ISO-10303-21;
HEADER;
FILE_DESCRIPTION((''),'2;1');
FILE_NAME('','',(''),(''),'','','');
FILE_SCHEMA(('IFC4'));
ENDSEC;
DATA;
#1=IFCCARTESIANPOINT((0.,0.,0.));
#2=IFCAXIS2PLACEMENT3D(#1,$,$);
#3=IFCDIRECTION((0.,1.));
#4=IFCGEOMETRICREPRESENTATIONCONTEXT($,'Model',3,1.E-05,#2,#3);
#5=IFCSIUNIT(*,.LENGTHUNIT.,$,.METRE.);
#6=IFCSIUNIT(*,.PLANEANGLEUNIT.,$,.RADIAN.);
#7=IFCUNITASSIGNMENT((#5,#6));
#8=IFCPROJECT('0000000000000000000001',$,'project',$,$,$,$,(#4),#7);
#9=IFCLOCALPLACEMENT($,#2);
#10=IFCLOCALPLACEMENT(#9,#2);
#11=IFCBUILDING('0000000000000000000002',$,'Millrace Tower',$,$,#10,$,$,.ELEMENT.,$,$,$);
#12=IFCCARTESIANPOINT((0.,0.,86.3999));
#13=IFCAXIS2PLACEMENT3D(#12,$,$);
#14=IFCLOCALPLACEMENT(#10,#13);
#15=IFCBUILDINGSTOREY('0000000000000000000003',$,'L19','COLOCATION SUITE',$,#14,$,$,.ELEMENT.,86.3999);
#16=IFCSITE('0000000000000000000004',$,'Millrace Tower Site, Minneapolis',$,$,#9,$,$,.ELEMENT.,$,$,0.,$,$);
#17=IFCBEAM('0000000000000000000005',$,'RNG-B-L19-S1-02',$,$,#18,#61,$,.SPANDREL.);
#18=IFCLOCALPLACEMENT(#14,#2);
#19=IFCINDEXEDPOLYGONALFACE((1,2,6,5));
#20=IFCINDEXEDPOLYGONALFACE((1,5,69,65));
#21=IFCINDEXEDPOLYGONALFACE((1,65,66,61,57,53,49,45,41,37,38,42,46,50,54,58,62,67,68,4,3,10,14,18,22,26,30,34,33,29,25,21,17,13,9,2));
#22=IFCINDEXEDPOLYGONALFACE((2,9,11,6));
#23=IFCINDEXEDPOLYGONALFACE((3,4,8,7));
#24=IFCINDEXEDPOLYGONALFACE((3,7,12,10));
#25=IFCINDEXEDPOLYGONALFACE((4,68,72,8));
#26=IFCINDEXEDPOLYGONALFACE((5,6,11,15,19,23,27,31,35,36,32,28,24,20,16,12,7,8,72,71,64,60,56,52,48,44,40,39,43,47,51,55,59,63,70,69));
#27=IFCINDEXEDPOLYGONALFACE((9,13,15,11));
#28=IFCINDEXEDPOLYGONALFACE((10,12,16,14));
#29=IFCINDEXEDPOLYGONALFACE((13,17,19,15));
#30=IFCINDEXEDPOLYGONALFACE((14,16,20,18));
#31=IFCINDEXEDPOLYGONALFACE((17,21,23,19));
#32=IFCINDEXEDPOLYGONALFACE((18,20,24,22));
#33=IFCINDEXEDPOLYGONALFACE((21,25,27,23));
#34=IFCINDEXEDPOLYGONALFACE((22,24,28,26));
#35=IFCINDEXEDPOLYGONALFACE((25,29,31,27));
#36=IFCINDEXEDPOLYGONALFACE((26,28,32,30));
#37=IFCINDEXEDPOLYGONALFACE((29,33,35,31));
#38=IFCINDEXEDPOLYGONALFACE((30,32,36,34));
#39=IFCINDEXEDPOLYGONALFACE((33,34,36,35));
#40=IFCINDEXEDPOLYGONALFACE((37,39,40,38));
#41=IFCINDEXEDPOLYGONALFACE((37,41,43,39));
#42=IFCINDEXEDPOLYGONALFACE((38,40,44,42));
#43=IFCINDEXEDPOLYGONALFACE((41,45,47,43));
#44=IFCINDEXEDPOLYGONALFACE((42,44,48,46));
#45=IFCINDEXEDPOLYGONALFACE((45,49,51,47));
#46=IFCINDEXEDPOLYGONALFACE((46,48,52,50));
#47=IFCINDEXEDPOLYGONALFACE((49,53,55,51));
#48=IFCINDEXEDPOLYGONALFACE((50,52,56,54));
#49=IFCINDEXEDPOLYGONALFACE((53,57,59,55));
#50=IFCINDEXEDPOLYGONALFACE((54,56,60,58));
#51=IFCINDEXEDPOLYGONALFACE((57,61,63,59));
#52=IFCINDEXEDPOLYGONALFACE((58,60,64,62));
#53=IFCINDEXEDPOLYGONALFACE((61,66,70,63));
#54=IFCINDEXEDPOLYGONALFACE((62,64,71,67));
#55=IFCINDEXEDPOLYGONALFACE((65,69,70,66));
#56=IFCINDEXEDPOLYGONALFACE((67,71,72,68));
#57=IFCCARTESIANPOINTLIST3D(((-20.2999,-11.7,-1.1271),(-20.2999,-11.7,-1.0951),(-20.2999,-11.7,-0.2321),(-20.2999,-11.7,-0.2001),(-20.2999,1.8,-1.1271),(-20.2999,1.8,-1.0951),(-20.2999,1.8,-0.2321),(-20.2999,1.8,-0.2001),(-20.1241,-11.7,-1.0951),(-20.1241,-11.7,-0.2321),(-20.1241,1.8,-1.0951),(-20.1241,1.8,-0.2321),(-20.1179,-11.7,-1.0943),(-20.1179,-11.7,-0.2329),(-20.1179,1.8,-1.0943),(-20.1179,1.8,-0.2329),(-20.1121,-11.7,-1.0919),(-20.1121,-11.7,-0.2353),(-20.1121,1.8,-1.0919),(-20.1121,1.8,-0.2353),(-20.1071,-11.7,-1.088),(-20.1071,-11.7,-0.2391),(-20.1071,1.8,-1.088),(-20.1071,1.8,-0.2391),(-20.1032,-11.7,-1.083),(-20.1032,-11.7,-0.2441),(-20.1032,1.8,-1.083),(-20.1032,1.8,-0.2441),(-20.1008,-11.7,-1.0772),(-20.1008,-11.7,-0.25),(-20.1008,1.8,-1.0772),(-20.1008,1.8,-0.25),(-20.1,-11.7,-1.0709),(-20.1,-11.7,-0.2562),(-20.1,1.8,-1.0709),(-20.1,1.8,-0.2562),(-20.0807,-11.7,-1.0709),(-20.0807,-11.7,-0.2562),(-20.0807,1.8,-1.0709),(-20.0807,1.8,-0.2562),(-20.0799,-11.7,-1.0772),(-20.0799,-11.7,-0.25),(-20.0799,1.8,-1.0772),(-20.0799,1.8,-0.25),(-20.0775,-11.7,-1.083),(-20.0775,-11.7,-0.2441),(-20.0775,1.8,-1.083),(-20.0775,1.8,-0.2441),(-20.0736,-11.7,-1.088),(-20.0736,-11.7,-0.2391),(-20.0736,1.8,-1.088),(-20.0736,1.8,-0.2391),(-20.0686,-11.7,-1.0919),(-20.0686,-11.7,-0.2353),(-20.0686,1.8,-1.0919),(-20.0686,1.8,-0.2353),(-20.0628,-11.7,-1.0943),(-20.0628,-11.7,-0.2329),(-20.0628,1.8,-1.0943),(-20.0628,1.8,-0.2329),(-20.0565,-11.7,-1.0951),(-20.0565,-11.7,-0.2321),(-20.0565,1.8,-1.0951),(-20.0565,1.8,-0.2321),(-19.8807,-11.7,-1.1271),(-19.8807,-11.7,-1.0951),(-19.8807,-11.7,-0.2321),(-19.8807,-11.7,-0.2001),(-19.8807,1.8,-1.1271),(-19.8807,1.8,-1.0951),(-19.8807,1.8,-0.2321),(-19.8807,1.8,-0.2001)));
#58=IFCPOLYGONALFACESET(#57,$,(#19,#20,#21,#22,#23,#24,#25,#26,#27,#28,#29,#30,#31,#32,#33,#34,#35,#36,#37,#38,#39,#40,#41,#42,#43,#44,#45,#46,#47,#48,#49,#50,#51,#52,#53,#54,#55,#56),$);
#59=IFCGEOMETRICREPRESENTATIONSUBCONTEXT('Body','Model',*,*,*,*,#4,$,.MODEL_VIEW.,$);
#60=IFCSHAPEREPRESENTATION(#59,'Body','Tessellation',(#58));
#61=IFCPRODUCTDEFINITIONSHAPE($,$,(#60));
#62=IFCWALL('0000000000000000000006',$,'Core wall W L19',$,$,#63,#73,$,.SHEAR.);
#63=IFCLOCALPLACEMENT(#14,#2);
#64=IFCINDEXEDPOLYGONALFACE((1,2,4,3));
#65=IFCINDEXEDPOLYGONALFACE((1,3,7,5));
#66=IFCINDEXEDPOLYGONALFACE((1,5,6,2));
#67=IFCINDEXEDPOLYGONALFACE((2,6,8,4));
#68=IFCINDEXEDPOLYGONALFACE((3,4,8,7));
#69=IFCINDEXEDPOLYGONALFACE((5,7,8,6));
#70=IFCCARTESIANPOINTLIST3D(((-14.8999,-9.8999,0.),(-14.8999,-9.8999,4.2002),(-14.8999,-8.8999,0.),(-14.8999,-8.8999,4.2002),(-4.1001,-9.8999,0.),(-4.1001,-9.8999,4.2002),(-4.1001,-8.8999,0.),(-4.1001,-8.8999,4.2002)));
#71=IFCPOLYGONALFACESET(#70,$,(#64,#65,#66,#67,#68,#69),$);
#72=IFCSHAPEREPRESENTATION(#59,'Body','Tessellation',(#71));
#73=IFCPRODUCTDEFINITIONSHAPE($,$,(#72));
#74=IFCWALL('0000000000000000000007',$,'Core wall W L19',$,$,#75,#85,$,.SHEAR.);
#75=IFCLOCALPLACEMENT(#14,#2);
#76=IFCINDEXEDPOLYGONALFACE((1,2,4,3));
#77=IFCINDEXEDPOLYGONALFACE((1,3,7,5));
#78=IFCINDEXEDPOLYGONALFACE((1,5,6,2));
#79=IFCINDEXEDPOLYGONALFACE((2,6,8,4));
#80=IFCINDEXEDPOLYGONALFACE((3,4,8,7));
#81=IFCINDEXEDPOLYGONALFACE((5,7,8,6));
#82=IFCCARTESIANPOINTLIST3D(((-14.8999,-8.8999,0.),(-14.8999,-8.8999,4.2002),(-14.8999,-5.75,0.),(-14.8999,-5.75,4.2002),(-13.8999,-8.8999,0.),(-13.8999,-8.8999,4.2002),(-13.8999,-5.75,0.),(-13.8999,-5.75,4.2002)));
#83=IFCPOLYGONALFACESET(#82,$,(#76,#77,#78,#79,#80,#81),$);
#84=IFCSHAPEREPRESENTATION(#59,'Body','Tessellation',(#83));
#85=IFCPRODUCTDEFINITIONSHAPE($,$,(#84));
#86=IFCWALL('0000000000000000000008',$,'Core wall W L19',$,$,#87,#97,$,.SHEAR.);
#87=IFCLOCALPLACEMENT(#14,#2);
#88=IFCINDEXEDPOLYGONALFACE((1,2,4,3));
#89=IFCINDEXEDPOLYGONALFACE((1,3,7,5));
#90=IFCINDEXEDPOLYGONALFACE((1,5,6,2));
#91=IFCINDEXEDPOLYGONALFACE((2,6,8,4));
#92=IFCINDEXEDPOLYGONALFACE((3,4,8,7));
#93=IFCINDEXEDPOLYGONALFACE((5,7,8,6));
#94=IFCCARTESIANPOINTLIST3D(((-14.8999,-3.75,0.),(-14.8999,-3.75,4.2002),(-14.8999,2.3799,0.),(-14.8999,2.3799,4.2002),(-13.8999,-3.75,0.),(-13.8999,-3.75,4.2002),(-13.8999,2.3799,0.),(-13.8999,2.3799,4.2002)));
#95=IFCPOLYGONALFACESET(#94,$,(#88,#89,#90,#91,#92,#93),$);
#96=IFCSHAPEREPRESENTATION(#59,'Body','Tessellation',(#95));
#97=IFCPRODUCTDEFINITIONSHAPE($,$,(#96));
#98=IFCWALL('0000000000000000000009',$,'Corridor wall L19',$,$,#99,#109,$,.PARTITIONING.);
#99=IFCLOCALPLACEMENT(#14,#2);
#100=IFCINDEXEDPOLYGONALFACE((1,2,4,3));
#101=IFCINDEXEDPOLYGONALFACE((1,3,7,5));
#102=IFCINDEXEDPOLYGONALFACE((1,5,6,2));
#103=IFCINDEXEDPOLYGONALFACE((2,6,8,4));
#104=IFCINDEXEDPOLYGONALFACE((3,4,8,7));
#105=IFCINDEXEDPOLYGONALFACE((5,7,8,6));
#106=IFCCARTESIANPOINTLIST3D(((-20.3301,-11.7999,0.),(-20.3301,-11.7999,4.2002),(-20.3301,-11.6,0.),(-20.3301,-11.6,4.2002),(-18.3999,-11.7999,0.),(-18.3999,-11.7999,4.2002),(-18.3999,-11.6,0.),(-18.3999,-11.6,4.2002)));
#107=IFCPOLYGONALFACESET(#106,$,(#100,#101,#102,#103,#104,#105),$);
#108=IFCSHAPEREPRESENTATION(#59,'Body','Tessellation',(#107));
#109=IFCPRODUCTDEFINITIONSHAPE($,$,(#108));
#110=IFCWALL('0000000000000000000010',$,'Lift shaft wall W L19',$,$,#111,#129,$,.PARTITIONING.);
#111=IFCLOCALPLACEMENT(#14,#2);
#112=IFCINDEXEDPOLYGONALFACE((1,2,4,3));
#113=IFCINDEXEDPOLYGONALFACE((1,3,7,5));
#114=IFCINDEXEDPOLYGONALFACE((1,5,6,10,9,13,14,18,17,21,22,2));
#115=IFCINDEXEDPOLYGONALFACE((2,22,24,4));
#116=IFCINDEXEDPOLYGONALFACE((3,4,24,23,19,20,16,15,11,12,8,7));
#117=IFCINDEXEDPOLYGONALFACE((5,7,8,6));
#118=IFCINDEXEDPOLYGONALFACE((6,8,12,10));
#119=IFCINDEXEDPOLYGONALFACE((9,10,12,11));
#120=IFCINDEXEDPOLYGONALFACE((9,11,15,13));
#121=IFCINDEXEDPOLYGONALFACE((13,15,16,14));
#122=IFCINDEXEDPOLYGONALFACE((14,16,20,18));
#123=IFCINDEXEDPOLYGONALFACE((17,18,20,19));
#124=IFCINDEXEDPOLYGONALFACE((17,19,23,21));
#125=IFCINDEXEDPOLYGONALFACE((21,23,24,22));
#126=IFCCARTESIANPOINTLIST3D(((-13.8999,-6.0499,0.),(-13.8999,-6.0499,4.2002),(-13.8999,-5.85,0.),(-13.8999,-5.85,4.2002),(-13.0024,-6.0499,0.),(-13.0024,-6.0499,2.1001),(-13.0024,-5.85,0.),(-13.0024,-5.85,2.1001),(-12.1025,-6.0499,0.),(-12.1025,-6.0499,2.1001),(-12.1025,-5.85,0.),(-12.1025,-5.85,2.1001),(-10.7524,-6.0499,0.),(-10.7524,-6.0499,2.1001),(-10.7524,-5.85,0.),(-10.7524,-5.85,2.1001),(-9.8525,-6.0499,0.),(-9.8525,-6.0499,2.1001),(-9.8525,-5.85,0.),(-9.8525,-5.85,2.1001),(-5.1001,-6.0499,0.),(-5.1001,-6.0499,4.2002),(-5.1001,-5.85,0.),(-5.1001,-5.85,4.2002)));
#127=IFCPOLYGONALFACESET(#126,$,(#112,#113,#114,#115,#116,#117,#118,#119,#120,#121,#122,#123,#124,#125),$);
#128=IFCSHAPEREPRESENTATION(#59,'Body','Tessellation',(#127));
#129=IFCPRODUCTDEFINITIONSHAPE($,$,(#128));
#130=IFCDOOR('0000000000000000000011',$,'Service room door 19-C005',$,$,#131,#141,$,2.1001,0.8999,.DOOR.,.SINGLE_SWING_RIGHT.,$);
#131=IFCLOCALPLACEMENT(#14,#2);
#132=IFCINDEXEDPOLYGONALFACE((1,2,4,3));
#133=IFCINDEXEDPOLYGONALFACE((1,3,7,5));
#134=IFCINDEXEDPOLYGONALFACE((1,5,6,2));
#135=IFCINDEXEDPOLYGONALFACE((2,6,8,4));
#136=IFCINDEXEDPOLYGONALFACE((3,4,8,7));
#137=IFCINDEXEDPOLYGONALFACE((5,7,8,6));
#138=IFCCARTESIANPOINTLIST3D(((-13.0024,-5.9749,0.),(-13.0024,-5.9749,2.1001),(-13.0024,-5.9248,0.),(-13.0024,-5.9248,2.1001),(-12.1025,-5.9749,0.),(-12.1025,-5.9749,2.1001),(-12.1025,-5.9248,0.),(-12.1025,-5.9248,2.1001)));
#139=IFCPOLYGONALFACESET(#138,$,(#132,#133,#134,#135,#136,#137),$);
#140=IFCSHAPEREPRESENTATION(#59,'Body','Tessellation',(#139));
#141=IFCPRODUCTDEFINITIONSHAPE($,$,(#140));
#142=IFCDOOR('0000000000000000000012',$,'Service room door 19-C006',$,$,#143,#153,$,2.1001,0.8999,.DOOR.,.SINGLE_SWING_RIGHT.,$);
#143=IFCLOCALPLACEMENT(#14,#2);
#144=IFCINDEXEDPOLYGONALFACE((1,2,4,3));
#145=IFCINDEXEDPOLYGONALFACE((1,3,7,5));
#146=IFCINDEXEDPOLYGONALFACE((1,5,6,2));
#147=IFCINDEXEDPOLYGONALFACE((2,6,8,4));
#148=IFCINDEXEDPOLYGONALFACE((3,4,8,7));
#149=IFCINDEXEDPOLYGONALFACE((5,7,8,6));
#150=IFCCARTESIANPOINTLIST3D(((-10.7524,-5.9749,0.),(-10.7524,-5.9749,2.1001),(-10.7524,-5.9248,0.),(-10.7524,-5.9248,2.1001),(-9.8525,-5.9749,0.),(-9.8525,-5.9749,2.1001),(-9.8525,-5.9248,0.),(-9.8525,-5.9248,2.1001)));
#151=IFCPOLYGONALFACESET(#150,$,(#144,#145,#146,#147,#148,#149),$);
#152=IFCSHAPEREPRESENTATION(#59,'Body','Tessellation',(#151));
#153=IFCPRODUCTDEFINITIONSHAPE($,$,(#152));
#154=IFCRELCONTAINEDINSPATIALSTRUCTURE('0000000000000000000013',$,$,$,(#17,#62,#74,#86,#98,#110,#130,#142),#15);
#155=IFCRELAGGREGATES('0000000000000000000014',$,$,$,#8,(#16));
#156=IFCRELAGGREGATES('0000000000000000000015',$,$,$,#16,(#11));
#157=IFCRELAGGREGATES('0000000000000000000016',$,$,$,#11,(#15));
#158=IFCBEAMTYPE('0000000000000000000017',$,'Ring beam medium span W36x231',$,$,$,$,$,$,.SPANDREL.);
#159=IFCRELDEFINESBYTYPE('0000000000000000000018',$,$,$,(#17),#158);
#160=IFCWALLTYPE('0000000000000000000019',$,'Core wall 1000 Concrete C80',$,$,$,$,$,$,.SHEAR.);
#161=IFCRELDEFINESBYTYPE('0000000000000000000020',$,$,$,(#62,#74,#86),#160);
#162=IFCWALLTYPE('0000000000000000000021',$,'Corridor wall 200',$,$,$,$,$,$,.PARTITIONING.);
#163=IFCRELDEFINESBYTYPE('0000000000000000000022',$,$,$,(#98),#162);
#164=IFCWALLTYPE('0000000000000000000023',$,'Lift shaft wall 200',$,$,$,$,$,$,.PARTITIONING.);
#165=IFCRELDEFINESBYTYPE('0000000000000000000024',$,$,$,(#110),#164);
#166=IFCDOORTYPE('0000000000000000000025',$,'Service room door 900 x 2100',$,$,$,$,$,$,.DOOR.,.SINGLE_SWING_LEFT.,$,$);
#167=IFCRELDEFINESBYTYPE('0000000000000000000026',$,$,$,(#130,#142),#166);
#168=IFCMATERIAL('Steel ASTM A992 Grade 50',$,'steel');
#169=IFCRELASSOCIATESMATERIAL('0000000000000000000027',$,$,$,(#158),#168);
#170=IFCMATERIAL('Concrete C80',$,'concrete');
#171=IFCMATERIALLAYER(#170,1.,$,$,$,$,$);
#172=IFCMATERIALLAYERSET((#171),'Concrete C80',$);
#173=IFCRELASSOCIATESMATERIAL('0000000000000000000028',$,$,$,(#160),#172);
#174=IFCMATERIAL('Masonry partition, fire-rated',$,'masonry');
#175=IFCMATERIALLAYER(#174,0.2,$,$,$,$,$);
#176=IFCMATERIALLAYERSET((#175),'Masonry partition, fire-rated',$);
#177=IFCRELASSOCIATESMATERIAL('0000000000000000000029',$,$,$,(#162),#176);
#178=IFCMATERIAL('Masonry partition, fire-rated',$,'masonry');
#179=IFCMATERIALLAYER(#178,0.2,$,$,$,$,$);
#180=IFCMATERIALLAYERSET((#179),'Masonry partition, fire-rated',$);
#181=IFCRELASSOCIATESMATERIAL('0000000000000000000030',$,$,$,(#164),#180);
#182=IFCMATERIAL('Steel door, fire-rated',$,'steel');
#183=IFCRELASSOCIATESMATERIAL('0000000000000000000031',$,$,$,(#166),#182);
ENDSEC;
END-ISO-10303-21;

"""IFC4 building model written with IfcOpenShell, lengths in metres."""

from ifc_helpers import new_model, si_unit, direction, frame, frame_2d, origin, origin_2d, place, context, subcontext, project, spatial, rectangle, i_section, extrude, material, layer, layer_set, material_profile, profile_set, type_object, element, fill, save


model = new_model("IFC4")

# Units and contexts
model_context = context("Model", 3, precision=1e-05, world=origin(), true_north=direction((0.0, 1.0)))
body_context = subcontext(model_context, "Body", "Model", "MODEL_VIEW")
ifc_project = project(units=[si_unit("LENGTHUNIT", "METRE"), si_unit("PLANEANGLEUNIT", "RADIAN")], contexts=[model_context])

# Site, building, storey
site_placement = place(None, origin())
site = spatial("IfcSite", under=ifc_project, at=site_placement, Name="Millrace Tower Site, Minneapolis", CompositionType="ELEMENT", RefElevation=0.0)
building_placement = place(site_placement, origin())
building = spatial("IfcBuilding", under=site, at=building_placement, Name="Millrace Tower", CompositionType="ELEMENT")
storey_placement = place(building_placement, frame((0.0, 0.0, 86.3999)))
storey = spatial("IfcBuildingStorey", under=building, at=storey_placement, Name="L19", Description="COLOCATION SUITE", CompositionType="ELEMENT", Elevation=86.3999)

# Beam
ifc_material_1 = material(Name="Steel ASTM A992 Grade 50", Category="steel")
ifc_material_profile_1 = material_profile(ifc_material_1, i_section(OverallWidth=0.4192, OverallDepth=0.927, WebThickness=0.0193, FlangeThickness=0.032, FilletRadius=0.0242, at=origin_2d()))
ifc_profile_set_1 = profile_set([ifc_material_profile_1], Name="Steel ASTM A992 Grade 50")
beam_type_1 = type_object("IfcBeamType", Name="Ring beam medium span W36x231", PredefinedType="SPANDREL", material=ifc_profile_set_1)
beam_1_placement = place(storey_placement, frame((-20.0903, -11.7, -0.6636), z_axis=(0.0, 1.0, 0.0), x_axis=(-1.0, 0.0, 0.0)))
element("IfcBeam", 1, at=beam_1_placement, inside=storey, type_object=beam_type_1, Name="RNG-B-L19-S1-02", PredefinedType="SPANDREL", context=body_context, shape_type="SweptSolid", body=[
    extrude(i_section(OverallWidth=0.4192, OverallDepth=0.927, WebThickness=0.0193, FlangeThickness=0.032, FilletRadius=0.0242, at=origin_2d()), origin(), (0.0, 0.0, 1.0), 13.5),
])

# Walls
ifc_material_2 = material(Name="Concrete C80", Category="concrete")
ifc_layer_1 = layer(ifc_material_2, 1.0)
ifc_layer_set_1 = layer_set([ifc_layer_1], Name="Concrete C80")
wall_type_1 = type_object("IfcWallType", Name="Core wall 1000 Concrete C80", PredefinedType="SHEAR", material=ifc_layer_set_1)
wall_1_placement = place(storey_placement, frame((-14.8999, -9.3999, 0.0), z_axis=(0.0, 0.0, 1.0), x_axis=(1.0, 0.0, 0.0)))
element("IfcWall", 2, at=wall_1_placement, inside=storey, type_object=wall_type_1, Name="Core wall W L19", PredefinedType="SHEAR", context=body_context, shape_type="SweptSolid", body=[
    extrude(rectangle(XDim=10.7998, YDim=1.0, at=frame_2d((5.3999, 0.0))), origin(), (0.0, 0.0, 1.0), 4.2002),
])
wall_2_placement = place(storey_placement, frame((-14.3999, -8.8999, 0.0), z_axis=(0.0, 0.0, 1.0), x_axis=(0.0, 1.0, 0.0)))
element("IfcWall", 3, at=wall_2_placement, inside=storey, type_object=wall_type_1, Name="Core wall W L19", PredefinedType="SHEAR", context=body_context, shape_type="SweptSolid", body=[
    extrude(rectangle(XDim=3.1499, YDim=1.0, at=frame_2d((1.575, 0.0))), origin(), (0.0, 0.0, 1.0), 4.2002),
])
wall_3_placement = place(storey_placement, frame((-14.3999, -3.75, 0.0), z_axis=(0.0, 0.0, 1.0), x_axis=(0.0, 1.0, 0.0)))
element("IfcWall", 4, at=wall_3_placement, inside=storey, type_object=wall_type_1, Name="Core wall W L19", PredefinedType="SHEAR", context=body_context, shape_type="SweptSolid", body=[
    extrude(rectangle(XDim=6.1299, YDim=1.0, at=frame_2d((3.0649, 0.0))), origin(), (0.0, 0.0, 1.0), 4.2002),
])
ifc_material_3 = material(Name="Masonry partition, fire-rated", Category="masonry")
ifc_layer_2 = layer(ifc_material_3, 0.2)
ifc_layer_set_2 = layer_set([ifc_layer_2], Name="Masonry partition, fire-rated")
wall_type_2 = type_object("IfcWallType", Name="Corridor wall 200", PredefinedType="PARTITIONING", material=ifc_layer_set_2)
wall_4_placement = place(storey_placement, frame((-20.3301, -11.7, 0.0), z_axis=(0.0, 0.0, 1.0), x_axis=(1.0, 0.0, 0.0)))
element("IfcWall", 5, at=wall_4_placement, inside=storey, type_object=wall_type_2, Name="Corridor wall L19", PredefinedType="PARTITIONING", context=body_context, shape_type="SweptSolid", body=[
    extrude(rectangle(XDim=1.9302, YDim=0.2, at=frame_2d((0.9651, 0.0))), origin(), (0.0, 0.0, 1.0), 4.2002),
])

# Wall, openings, doors
ifc_material_4 = material(Name="Masonry partition, fire-rated", Category="masonry")
ifc_layer_3 = layer(ifc_material_4, 0.2)
ifc_layer_set_3 = layer_set([ifc_layer_3], Name="Masonry partition, fire-rated")
wall_type_3 = type_object("IfcWallType", Name="Lift shaft wall 200", PredefinedType="PARTITIONING", material=ifc_layer_set_3)
wall_5_placement = place(storey_placement, frame((-13.8999, -5.95, 0.0), z_axis=(0.0, 0.0, 1.0), x_axis=(1.0, 0.0, 0.0)))
wall_5 = element("IfcWall", 6, at=wall_5_placement, inside=storey, type_object=wall_type_3, Name="Lift shaft wall W L19", PredefinedType="PARTITIONING", context=body_context, shape_type="SweptSolid", body=[
    extrude(rectangle(XDim=8.7998, YDim=0.2, at=frame_2d((4.3999, 0.0))), origin(), (0.0, 0.0, 1.0), 4.2002),
])
opening_1_placement = place(wall_5_placement, frame((0.8975, 0.0, 0.0)))
opening_1 = element("IfcOpeningElement", 7, at=opening_1_placement, cuts=wall_5, PredefinedType="OPENING", context=body_context, shape_type="SweptSolid", body=[
    extrude(rectangle(XDim=0.8999, YDim=2.1001, at=frame_2d((0.45, 1.05))), frame((0.0, 0.1099, 0.0), z_axis=(0.0, -1.0, 0.0), x_axis=(1.0, 0.0, 0.0)), (0.0, 0.0, 1.0), 0.22),
])
opening_2_placement = place(wall_5_placement, frame((3.1475, 0.0, 0.0)))
opening_2 = element("IfcOpeningElement", 8, at=opening_2_placement, cuts=wall_5, PredefinedType="OPENING", context=body_context, shape_type="SweptSolid", body=[
    extrude(rectangle(XDim=0.8999, YDim=2.1001, at=frame_2d((0.45, 1.05))), frame((0.0, 0.1099, 0.0), z_axis=(0.0, -1.0, 0.0), x_axis=(1.0, 0.0, 0.0)), (0.0, 0.0, 1.0), 0.22),
])
ifc_material_5 = material(Name="Steel door, fire-rated", Category="steel")
door_type_1 = type_object("IfcDoorType", Name="Service room door 900 x 2100", OperationType="SINGLE_SWING_LEFT", PredefinedType="DOOR", material=ifc_material_5)
door_1_placement = place(opening_1_placement, frame((0.8999, 0.0, 0.0), z_axis=(0.0, 0.0, 1.0), x_axis=(-1.0, 0.0, 0.0)))
door_1 = element("IfcDoor", 9, at=door_1_placement, inside=storey, type_object=door_type_1, Name="Service room door 19-C005", OperationType="SINGLE_SWING_RIGHT", OverallHeight=2.1001, OverallWidth=0.8999, PredefinedType="DOOR", context=body_context, shape_type="SweptSolid", body=[
    extrude(rectangle(XDim=0.8999, YDim=2.1001, at=frame_2d((0.45, 1.05))), frame((0.0, 0.0249, 0.0), z_axis=(0.0, -1.0, 0.0), x_axis=(1.0, 0.0, 0.0)), (0.0, 0.0, 1.0), 0.05),
])
fill(opening_1, door_1)
door_2_placement = place(opening_2_placement, frame((0.8999, 0.0, 0.0), z_axis=(0.0, 0.0, 1.0), x_axis=(-1.0, 0.0, 0.0)))
door_2 = element("IfcDoor", 10, at=door_2_placement, inside=storey, type_object=door_type_1, Name="Service room door 19-C006", OperationType="SINGLE_SWING_RIGHT", OverallHeight=2.1001, OverallWidth=0.8999, PredefinedType="DOOR", context=body_context, shape_type="SweptSolid", body=[
    extrude(rectangle(XDim=0.8999, YDim=2.1001, at=frame_2d((0.45, 1.05))), frame((0.0, 0.0249, 0.0), z_axis=(0.0, -1.0, 0.0), x_axis=(1.0, 0.0, 0.0)), (0.0, 0.0, 1.0), 0.05),
])
fill(opening_2, door_2)

save(model, "model.ifc")
